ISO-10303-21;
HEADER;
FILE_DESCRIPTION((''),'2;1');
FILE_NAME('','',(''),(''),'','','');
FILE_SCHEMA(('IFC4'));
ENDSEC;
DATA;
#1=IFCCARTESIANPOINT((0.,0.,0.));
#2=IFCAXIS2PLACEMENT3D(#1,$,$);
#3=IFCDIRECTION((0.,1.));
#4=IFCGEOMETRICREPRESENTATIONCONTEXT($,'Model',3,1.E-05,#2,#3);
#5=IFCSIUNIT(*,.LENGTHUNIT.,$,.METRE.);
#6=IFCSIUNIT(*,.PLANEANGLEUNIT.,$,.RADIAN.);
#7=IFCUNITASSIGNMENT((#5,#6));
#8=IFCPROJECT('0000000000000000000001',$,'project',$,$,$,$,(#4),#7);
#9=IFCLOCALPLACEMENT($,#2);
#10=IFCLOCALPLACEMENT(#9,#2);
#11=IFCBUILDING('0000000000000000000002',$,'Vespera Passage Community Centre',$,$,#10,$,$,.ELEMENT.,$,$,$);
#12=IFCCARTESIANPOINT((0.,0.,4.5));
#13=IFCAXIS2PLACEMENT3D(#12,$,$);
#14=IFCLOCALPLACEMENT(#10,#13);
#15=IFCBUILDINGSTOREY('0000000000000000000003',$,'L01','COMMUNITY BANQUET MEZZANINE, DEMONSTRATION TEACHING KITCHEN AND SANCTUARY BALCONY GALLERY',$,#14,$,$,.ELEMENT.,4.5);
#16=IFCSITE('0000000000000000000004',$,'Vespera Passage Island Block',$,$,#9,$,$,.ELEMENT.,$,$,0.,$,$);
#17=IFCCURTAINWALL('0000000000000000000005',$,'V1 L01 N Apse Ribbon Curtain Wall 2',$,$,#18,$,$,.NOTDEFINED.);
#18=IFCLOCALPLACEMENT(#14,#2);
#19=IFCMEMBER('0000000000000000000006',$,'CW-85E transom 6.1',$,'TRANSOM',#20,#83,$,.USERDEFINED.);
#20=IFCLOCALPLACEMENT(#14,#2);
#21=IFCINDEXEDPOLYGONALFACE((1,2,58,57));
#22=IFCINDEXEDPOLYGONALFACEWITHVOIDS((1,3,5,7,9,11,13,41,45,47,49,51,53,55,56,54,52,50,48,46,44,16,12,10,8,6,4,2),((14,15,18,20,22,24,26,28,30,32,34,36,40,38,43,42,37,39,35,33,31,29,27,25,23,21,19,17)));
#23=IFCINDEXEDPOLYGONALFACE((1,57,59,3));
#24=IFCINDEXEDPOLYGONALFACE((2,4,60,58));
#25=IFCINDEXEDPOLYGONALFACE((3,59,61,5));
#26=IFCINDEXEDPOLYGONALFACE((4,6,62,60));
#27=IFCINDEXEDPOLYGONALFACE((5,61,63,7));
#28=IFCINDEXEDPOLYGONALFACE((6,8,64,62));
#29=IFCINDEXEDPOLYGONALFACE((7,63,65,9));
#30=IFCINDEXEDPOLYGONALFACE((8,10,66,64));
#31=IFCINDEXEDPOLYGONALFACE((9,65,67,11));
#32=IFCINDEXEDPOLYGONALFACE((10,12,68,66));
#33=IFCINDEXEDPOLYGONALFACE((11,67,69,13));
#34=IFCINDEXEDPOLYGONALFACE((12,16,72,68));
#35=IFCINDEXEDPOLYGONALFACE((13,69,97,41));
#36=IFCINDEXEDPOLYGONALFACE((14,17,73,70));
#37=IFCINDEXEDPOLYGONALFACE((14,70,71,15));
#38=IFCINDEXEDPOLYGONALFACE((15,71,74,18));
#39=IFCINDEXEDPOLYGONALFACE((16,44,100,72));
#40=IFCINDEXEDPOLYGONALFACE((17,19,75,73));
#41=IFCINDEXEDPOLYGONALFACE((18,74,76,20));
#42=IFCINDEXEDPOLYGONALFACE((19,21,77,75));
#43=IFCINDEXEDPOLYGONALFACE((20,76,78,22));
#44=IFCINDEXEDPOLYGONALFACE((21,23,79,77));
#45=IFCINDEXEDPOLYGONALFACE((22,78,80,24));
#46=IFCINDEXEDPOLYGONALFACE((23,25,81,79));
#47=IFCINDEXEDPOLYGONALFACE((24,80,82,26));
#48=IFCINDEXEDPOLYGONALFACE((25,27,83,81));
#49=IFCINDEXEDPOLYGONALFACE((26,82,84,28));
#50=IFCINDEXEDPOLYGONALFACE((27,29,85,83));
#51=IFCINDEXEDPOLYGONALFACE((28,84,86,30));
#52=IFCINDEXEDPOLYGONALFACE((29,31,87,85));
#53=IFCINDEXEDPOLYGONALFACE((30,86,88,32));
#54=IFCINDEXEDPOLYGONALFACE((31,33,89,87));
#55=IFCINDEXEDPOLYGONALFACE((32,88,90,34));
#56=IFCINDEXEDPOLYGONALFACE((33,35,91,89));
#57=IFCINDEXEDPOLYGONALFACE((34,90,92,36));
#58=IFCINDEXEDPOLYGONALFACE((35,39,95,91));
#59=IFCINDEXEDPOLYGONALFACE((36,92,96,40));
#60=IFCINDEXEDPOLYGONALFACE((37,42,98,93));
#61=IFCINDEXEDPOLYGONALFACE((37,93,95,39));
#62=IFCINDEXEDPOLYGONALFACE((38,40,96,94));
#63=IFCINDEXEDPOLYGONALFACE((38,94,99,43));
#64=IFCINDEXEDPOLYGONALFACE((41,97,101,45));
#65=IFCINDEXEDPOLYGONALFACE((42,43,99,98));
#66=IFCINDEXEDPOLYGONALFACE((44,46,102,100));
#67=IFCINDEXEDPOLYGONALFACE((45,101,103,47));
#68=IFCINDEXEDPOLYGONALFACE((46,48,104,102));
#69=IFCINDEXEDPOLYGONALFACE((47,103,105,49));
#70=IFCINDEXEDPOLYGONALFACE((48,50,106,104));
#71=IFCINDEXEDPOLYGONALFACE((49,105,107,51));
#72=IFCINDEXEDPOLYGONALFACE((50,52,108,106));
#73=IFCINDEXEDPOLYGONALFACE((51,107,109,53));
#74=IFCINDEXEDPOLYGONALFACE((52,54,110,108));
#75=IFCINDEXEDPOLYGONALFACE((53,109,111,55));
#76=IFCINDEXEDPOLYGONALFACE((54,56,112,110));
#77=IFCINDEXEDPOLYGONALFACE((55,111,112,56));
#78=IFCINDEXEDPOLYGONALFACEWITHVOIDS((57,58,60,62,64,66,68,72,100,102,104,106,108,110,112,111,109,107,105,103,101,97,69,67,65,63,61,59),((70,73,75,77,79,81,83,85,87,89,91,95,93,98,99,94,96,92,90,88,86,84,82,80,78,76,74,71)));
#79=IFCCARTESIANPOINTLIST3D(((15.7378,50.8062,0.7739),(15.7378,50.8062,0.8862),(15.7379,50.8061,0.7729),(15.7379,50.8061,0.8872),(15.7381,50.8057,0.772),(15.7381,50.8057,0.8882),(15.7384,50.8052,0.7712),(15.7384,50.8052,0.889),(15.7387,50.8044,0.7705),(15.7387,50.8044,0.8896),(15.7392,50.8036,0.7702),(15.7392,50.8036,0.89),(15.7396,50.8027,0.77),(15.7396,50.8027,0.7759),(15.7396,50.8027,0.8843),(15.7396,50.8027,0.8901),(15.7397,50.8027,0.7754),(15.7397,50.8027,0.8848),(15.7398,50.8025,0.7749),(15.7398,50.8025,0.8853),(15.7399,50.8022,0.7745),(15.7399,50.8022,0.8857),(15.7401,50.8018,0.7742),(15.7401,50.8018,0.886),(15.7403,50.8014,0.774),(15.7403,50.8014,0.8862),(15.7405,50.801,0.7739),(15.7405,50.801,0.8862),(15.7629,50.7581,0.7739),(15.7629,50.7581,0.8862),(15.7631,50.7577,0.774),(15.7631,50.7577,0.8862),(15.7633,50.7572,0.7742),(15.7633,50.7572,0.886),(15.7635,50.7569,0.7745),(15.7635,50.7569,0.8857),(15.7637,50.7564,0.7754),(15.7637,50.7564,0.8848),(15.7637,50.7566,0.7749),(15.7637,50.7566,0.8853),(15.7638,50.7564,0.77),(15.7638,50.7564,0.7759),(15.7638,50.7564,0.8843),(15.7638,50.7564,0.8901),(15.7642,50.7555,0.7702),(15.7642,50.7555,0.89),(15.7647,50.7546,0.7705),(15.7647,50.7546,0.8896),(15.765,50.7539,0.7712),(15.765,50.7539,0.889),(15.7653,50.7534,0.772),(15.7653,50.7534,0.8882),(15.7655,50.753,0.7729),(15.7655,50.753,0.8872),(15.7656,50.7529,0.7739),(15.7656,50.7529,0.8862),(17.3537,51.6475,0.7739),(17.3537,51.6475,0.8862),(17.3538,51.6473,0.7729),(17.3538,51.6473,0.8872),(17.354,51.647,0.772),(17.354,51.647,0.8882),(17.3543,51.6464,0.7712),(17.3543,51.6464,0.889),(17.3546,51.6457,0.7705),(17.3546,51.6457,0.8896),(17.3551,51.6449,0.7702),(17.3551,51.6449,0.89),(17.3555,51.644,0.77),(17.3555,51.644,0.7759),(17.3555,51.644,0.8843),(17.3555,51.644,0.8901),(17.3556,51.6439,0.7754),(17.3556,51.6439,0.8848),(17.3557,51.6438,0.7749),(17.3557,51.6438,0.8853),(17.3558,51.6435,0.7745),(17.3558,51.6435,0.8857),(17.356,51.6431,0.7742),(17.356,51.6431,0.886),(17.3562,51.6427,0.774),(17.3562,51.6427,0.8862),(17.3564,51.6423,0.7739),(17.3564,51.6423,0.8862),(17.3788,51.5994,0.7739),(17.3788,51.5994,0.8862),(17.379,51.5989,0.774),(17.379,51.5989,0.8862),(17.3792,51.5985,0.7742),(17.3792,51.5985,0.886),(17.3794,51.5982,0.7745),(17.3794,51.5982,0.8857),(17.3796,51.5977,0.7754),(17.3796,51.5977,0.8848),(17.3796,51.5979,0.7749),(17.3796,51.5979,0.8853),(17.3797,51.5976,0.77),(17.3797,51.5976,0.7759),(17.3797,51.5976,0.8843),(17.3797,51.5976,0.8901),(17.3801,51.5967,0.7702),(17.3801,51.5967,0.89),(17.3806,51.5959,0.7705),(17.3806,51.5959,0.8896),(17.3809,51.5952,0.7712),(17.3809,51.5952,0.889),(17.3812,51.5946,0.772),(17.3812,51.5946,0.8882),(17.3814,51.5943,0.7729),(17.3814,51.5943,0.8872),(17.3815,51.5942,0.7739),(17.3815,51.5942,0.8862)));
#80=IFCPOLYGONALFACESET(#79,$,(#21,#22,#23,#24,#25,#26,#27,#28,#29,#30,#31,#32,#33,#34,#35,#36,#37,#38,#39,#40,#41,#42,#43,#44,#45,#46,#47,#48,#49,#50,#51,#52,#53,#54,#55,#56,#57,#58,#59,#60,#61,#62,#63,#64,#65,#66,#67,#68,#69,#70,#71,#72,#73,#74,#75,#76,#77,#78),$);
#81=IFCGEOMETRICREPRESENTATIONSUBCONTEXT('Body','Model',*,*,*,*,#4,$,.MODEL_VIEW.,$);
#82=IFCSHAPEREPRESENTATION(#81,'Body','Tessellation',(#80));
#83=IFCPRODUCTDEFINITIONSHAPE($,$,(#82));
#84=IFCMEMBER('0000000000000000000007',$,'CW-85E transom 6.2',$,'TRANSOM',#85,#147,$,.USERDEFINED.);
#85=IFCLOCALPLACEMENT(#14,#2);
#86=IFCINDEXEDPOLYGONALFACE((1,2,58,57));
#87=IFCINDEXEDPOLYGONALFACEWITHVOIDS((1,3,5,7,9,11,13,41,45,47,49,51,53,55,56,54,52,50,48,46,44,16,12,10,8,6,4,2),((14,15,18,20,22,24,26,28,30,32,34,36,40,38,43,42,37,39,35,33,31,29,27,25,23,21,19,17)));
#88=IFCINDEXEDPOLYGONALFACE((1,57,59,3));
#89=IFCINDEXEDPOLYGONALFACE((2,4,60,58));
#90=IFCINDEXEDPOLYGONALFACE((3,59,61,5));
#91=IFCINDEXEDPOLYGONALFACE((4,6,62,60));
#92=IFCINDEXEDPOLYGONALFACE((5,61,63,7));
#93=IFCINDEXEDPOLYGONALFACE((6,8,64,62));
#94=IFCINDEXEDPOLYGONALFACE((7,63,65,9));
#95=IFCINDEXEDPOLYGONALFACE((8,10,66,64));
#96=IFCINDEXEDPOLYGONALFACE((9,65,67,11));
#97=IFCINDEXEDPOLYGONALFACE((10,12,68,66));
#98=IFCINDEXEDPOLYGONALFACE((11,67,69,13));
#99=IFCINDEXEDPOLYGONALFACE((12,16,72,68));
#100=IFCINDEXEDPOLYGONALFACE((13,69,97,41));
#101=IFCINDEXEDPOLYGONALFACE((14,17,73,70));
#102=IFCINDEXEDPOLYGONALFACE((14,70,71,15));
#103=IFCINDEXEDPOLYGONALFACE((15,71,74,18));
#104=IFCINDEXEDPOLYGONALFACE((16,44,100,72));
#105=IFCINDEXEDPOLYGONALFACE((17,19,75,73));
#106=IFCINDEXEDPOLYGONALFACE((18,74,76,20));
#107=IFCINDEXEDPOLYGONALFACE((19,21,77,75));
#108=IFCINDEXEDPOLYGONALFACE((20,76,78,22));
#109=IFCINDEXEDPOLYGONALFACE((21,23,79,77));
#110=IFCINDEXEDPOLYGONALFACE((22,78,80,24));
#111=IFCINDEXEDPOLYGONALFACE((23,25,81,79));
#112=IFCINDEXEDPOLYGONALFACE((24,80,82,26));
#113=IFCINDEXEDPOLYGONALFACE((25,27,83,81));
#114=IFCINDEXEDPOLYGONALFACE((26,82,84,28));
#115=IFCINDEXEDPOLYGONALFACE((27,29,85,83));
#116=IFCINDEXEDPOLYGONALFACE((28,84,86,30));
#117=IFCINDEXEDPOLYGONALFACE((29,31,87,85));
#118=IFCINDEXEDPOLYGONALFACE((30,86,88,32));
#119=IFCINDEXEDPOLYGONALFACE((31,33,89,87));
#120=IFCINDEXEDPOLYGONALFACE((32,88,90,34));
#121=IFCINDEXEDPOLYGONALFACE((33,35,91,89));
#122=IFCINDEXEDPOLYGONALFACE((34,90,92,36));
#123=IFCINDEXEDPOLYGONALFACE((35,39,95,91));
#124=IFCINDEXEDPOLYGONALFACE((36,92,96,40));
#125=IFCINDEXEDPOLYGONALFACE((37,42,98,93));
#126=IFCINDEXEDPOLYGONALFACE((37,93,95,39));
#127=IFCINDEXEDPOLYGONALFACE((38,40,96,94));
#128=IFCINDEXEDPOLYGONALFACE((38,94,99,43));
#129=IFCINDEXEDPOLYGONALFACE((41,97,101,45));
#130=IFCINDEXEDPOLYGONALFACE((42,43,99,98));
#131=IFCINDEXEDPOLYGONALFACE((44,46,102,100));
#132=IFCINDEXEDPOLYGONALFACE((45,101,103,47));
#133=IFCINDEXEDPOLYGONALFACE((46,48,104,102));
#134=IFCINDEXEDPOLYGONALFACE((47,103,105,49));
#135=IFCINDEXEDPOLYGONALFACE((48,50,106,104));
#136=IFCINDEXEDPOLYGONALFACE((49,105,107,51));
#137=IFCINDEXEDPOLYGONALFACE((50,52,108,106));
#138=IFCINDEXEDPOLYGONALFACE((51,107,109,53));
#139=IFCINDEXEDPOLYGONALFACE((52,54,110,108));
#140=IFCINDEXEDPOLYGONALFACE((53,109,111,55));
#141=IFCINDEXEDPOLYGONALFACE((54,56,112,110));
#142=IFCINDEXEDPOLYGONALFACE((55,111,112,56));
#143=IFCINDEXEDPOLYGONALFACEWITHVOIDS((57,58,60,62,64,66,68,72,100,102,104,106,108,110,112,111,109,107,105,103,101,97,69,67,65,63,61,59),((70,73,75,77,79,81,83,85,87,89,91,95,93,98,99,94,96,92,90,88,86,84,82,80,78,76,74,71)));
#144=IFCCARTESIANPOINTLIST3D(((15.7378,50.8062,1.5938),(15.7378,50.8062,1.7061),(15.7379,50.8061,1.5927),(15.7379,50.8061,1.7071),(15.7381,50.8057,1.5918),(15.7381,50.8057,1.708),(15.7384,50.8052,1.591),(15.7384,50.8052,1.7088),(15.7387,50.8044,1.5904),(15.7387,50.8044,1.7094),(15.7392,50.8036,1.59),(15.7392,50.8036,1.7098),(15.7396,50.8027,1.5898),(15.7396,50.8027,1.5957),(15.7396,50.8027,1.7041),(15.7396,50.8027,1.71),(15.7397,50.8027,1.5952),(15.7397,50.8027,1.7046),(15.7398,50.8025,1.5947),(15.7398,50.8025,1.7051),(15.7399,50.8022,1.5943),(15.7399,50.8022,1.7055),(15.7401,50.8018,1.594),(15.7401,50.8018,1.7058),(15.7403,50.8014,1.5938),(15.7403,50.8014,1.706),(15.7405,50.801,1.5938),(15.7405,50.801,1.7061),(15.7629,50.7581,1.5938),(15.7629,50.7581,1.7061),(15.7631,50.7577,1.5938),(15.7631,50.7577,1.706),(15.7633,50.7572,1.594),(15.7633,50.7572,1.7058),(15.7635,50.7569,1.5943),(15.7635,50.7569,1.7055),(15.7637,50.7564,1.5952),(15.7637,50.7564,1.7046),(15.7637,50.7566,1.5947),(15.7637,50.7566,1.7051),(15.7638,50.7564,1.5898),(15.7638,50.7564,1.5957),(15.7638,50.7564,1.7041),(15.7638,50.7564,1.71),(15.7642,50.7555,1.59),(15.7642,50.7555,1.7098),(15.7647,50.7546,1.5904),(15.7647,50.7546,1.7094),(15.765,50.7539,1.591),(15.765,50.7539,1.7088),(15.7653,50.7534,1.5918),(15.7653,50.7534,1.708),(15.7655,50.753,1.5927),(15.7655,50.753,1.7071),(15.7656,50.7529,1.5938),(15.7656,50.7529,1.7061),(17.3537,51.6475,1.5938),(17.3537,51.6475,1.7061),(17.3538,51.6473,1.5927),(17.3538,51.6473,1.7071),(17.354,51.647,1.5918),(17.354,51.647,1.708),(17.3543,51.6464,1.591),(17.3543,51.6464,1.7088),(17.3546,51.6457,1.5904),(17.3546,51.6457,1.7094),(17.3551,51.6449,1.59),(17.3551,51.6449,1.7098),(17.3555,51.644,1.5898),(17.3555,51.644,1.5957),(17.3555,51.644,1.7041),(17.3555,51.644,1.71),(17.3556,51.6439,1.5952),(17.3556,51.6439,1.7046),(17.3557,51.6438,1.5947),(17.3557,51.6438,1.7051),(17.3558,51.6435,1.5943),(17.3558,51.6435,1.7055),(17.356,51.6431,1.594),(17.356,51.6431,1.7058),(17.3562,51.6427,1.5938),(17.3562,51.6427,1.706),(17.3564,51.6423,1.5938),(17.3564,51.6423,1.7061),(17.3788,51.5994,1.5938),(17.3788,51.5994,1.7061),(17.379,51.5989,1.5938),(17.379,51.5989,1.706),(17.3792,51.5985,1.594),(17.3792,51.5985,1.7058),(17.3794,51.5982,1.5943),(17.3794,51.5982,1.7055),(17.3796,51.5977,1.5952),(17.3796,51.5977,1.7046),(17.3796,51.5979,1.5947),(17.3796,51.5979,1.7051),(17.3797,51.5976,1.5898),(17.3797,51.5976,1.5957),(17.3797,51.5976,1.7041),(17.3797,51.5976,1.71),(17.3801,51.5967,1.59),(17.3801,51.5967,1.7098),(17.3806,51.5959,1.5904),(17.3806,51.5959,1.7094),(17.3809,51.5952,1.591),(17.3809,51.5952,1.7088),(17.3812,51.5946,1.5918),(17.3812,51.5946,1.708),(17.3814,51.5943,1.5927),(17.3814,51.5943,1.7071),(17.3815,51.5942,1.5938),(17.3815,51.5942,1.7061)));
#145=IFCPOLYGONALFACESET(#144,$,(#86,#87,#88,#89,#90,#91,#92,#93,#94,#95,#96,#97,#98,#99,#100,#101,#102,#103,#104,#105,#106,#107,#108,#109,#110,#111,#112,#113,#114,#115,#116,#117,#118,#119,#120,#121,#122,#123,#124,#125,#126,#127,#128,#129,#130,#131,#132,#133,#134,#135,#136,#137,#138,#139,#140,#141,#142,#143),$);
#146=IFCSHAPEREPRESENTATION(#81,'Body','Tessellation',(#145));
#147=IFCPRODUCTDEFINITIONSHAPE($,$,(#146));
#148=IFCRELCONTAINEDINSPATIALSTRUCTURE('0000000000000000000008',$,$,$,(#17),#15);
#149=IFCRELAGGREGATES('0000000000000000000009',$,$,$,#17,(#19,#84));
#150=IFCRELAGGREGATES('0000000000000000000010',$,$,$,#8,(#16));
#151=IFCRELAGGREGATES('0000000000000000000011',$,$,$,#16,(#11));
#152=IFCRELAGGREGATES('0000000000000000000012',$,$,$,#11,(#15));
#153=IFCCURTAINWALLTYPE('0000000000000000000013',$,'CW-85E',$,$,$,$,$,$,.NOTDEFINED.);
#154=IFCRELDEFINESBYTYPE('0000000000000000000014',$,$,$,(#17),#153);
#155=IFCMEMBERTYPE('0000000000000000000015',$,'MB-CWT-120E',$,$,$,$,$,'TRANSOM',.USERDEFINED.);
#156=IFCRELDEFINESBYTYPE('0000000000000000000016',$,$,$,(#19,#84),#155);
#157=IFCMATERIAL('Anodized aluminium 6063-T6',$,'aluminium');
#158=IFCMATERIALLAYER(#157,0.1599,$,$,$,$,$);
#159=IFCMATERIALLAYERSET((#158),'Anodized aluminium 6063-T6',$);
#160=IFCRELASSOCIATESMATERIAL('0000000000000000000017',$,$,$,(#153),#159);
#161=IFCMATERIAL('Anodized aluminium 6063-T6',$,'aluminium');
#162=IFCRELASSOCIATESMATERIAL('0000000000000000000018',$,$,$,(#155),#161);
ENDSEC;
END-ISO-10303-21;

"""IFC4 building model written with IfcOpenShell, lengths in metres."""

from ifc_helpers import new_model, si_unit, direction, frame, origin, origin_2d, place, context, subcontext, project, spatial, hollow_rectangle, extrude, material, layer, layer_set, material_profile, profile_set, type_object, element, aggregate, save


model = new_model("IFC4")

# Units and contexts
model_context = context("Model", 3, precision=1e-05, world=origin(), true_north=direction((0.0, 1.0)))
body_context = subcontext(model_context, "Body", "Model", "MODEL_VIEW")
ifc_project = project(units=[si_unit("LENGTHUNIT", "METRE"), si_unit("PLANEANGLEUNIT", "RADIAN")], contexts=[model_context])

# Site, building, storey
site_placement = place(None, origin())
site = spatial("IfcSite", under=ifc_project, at=site_placement, Name="Vespera Passage Island Block", CompositionType="ELEMENT", RefElevation=0.0)
building_placement = place(site_placement, origin())
building = spatial("IfcBuilding", under=site, at=building_placement, Name="Vespera Passage Community Centre", CompositionType="ELEMENT")
storey_placement = place(building_placement, frame((0.0, 0.0, 4.5)))
storey = spatial("IfcBuildingStorey", under=building, at=storey_placement, Name="L01", Description="COMMUNITY BANQUET MEZZANINE, DEMONSTRATION TEACHING KITCHEN AND SANCTUARY BALCONY GALLERY", CompositionType="ELEMENT", Elevation=4.5)

# Curtain wall, members
ifc_material_1 = material(Name="Anodized aluminium 6063-T6", Category="aluminium")
ifc_layer_1 = layer(ifc_material_1, 0.1599)
ifc_layer_set_1 = layer_set([ifc_layer_1], Name="Anodized aluminium 6063-T6")
curtain_wall_type = type_object("IfcCurtainWallType", Name="CW-85E", PredefinedType="NOTDEFINED", material=ifc_layer_set_1)
curtain_wall_placement = place(storey_placement, origin())
curtain_wall = element("IfcCurtainWall", 1, at=curtain_wall_placement, inside=storey, type_object=curtain_wall_type, Name="V1 L01 N Apse Ribbon Curtain Wall 2", PredefinedType="NOTDEFINED")
ifc_material_2 = material(Name="Anodized aluminium 6063-T6", Category="aluminium")
ifc_material_profile_1 = material_profile(ifc_material_2, hollow_rectangle(XDim=0.0601, YDim=0.1201, WallThickness=0.0039, InnerFilletRadius=0.002, OuterFilletRadius=0.0039, at=origin_2d()), Name="ALU120X60X4")
ifc_profile_set_1 = profile_set([ifc_material_profile_1], Name="Anodized aluminium 6063-T6")
member_type_1 = type_object("IfcMemberType", Name="MB-CWT-120E", ElementType="TRANSOM", PredefinedType="USERDEFINED", material=ifc_profile_set_1)
member_1_placement = place(storey_placement, frame((15.7517, 50.7795, 0.8301), z_axis=(0.886991, 0.461787, 0.0), x_axis=(-0.461787, 0.886991, 0.0)))
member_1 = element("IfcMember", 2, at=member_1_placement, type_object=member_type_1, Name="CW-85E transom 6.1", ObjectType="TRANSOM", PredefinedType="USERDEFINED", context=body_context, shape_type="SweptSolid", body=[
    extrude(hollow_rectangle(XDim=0.0601, YDim=0.1201, WallThickness=0.0039, InnerFilletRadius=0.002, OuterFilletRadius=0.0039, at=origin_2d()), origin(), (0.0, 0.0, 1.0), 1.8218),
])
member_2_placement = place(storey_placement, frame((15.7517, 50.7795, 1.6499), z_axis=(0.886991, 0.461787, 0.0), x_axis=(-0.461787, 0.886991, 0.0)))
member_2 = element("IfcMember", 3, at=member_2_placement, type_object=member_type_1, Name="CW-85E transom 6.2", ObjectType="TRANSOM", PredefinedType="USERDEFINED", context=body_context, shape_type="SweptSolid", body=[
    extrude(hollow_rectangle(XDim=0.0601, YDim=0.1201, WallThickness=0.0039, InnerFilletRadius=0.002, OuterFilletRadius=0.0039, at=origin_2d()), origin(), (0.0, 0.0, 1.0), 1.8218),
])
aggregate(curtain_wall, [member_1, member_2])

save(model, "model.ifc")
